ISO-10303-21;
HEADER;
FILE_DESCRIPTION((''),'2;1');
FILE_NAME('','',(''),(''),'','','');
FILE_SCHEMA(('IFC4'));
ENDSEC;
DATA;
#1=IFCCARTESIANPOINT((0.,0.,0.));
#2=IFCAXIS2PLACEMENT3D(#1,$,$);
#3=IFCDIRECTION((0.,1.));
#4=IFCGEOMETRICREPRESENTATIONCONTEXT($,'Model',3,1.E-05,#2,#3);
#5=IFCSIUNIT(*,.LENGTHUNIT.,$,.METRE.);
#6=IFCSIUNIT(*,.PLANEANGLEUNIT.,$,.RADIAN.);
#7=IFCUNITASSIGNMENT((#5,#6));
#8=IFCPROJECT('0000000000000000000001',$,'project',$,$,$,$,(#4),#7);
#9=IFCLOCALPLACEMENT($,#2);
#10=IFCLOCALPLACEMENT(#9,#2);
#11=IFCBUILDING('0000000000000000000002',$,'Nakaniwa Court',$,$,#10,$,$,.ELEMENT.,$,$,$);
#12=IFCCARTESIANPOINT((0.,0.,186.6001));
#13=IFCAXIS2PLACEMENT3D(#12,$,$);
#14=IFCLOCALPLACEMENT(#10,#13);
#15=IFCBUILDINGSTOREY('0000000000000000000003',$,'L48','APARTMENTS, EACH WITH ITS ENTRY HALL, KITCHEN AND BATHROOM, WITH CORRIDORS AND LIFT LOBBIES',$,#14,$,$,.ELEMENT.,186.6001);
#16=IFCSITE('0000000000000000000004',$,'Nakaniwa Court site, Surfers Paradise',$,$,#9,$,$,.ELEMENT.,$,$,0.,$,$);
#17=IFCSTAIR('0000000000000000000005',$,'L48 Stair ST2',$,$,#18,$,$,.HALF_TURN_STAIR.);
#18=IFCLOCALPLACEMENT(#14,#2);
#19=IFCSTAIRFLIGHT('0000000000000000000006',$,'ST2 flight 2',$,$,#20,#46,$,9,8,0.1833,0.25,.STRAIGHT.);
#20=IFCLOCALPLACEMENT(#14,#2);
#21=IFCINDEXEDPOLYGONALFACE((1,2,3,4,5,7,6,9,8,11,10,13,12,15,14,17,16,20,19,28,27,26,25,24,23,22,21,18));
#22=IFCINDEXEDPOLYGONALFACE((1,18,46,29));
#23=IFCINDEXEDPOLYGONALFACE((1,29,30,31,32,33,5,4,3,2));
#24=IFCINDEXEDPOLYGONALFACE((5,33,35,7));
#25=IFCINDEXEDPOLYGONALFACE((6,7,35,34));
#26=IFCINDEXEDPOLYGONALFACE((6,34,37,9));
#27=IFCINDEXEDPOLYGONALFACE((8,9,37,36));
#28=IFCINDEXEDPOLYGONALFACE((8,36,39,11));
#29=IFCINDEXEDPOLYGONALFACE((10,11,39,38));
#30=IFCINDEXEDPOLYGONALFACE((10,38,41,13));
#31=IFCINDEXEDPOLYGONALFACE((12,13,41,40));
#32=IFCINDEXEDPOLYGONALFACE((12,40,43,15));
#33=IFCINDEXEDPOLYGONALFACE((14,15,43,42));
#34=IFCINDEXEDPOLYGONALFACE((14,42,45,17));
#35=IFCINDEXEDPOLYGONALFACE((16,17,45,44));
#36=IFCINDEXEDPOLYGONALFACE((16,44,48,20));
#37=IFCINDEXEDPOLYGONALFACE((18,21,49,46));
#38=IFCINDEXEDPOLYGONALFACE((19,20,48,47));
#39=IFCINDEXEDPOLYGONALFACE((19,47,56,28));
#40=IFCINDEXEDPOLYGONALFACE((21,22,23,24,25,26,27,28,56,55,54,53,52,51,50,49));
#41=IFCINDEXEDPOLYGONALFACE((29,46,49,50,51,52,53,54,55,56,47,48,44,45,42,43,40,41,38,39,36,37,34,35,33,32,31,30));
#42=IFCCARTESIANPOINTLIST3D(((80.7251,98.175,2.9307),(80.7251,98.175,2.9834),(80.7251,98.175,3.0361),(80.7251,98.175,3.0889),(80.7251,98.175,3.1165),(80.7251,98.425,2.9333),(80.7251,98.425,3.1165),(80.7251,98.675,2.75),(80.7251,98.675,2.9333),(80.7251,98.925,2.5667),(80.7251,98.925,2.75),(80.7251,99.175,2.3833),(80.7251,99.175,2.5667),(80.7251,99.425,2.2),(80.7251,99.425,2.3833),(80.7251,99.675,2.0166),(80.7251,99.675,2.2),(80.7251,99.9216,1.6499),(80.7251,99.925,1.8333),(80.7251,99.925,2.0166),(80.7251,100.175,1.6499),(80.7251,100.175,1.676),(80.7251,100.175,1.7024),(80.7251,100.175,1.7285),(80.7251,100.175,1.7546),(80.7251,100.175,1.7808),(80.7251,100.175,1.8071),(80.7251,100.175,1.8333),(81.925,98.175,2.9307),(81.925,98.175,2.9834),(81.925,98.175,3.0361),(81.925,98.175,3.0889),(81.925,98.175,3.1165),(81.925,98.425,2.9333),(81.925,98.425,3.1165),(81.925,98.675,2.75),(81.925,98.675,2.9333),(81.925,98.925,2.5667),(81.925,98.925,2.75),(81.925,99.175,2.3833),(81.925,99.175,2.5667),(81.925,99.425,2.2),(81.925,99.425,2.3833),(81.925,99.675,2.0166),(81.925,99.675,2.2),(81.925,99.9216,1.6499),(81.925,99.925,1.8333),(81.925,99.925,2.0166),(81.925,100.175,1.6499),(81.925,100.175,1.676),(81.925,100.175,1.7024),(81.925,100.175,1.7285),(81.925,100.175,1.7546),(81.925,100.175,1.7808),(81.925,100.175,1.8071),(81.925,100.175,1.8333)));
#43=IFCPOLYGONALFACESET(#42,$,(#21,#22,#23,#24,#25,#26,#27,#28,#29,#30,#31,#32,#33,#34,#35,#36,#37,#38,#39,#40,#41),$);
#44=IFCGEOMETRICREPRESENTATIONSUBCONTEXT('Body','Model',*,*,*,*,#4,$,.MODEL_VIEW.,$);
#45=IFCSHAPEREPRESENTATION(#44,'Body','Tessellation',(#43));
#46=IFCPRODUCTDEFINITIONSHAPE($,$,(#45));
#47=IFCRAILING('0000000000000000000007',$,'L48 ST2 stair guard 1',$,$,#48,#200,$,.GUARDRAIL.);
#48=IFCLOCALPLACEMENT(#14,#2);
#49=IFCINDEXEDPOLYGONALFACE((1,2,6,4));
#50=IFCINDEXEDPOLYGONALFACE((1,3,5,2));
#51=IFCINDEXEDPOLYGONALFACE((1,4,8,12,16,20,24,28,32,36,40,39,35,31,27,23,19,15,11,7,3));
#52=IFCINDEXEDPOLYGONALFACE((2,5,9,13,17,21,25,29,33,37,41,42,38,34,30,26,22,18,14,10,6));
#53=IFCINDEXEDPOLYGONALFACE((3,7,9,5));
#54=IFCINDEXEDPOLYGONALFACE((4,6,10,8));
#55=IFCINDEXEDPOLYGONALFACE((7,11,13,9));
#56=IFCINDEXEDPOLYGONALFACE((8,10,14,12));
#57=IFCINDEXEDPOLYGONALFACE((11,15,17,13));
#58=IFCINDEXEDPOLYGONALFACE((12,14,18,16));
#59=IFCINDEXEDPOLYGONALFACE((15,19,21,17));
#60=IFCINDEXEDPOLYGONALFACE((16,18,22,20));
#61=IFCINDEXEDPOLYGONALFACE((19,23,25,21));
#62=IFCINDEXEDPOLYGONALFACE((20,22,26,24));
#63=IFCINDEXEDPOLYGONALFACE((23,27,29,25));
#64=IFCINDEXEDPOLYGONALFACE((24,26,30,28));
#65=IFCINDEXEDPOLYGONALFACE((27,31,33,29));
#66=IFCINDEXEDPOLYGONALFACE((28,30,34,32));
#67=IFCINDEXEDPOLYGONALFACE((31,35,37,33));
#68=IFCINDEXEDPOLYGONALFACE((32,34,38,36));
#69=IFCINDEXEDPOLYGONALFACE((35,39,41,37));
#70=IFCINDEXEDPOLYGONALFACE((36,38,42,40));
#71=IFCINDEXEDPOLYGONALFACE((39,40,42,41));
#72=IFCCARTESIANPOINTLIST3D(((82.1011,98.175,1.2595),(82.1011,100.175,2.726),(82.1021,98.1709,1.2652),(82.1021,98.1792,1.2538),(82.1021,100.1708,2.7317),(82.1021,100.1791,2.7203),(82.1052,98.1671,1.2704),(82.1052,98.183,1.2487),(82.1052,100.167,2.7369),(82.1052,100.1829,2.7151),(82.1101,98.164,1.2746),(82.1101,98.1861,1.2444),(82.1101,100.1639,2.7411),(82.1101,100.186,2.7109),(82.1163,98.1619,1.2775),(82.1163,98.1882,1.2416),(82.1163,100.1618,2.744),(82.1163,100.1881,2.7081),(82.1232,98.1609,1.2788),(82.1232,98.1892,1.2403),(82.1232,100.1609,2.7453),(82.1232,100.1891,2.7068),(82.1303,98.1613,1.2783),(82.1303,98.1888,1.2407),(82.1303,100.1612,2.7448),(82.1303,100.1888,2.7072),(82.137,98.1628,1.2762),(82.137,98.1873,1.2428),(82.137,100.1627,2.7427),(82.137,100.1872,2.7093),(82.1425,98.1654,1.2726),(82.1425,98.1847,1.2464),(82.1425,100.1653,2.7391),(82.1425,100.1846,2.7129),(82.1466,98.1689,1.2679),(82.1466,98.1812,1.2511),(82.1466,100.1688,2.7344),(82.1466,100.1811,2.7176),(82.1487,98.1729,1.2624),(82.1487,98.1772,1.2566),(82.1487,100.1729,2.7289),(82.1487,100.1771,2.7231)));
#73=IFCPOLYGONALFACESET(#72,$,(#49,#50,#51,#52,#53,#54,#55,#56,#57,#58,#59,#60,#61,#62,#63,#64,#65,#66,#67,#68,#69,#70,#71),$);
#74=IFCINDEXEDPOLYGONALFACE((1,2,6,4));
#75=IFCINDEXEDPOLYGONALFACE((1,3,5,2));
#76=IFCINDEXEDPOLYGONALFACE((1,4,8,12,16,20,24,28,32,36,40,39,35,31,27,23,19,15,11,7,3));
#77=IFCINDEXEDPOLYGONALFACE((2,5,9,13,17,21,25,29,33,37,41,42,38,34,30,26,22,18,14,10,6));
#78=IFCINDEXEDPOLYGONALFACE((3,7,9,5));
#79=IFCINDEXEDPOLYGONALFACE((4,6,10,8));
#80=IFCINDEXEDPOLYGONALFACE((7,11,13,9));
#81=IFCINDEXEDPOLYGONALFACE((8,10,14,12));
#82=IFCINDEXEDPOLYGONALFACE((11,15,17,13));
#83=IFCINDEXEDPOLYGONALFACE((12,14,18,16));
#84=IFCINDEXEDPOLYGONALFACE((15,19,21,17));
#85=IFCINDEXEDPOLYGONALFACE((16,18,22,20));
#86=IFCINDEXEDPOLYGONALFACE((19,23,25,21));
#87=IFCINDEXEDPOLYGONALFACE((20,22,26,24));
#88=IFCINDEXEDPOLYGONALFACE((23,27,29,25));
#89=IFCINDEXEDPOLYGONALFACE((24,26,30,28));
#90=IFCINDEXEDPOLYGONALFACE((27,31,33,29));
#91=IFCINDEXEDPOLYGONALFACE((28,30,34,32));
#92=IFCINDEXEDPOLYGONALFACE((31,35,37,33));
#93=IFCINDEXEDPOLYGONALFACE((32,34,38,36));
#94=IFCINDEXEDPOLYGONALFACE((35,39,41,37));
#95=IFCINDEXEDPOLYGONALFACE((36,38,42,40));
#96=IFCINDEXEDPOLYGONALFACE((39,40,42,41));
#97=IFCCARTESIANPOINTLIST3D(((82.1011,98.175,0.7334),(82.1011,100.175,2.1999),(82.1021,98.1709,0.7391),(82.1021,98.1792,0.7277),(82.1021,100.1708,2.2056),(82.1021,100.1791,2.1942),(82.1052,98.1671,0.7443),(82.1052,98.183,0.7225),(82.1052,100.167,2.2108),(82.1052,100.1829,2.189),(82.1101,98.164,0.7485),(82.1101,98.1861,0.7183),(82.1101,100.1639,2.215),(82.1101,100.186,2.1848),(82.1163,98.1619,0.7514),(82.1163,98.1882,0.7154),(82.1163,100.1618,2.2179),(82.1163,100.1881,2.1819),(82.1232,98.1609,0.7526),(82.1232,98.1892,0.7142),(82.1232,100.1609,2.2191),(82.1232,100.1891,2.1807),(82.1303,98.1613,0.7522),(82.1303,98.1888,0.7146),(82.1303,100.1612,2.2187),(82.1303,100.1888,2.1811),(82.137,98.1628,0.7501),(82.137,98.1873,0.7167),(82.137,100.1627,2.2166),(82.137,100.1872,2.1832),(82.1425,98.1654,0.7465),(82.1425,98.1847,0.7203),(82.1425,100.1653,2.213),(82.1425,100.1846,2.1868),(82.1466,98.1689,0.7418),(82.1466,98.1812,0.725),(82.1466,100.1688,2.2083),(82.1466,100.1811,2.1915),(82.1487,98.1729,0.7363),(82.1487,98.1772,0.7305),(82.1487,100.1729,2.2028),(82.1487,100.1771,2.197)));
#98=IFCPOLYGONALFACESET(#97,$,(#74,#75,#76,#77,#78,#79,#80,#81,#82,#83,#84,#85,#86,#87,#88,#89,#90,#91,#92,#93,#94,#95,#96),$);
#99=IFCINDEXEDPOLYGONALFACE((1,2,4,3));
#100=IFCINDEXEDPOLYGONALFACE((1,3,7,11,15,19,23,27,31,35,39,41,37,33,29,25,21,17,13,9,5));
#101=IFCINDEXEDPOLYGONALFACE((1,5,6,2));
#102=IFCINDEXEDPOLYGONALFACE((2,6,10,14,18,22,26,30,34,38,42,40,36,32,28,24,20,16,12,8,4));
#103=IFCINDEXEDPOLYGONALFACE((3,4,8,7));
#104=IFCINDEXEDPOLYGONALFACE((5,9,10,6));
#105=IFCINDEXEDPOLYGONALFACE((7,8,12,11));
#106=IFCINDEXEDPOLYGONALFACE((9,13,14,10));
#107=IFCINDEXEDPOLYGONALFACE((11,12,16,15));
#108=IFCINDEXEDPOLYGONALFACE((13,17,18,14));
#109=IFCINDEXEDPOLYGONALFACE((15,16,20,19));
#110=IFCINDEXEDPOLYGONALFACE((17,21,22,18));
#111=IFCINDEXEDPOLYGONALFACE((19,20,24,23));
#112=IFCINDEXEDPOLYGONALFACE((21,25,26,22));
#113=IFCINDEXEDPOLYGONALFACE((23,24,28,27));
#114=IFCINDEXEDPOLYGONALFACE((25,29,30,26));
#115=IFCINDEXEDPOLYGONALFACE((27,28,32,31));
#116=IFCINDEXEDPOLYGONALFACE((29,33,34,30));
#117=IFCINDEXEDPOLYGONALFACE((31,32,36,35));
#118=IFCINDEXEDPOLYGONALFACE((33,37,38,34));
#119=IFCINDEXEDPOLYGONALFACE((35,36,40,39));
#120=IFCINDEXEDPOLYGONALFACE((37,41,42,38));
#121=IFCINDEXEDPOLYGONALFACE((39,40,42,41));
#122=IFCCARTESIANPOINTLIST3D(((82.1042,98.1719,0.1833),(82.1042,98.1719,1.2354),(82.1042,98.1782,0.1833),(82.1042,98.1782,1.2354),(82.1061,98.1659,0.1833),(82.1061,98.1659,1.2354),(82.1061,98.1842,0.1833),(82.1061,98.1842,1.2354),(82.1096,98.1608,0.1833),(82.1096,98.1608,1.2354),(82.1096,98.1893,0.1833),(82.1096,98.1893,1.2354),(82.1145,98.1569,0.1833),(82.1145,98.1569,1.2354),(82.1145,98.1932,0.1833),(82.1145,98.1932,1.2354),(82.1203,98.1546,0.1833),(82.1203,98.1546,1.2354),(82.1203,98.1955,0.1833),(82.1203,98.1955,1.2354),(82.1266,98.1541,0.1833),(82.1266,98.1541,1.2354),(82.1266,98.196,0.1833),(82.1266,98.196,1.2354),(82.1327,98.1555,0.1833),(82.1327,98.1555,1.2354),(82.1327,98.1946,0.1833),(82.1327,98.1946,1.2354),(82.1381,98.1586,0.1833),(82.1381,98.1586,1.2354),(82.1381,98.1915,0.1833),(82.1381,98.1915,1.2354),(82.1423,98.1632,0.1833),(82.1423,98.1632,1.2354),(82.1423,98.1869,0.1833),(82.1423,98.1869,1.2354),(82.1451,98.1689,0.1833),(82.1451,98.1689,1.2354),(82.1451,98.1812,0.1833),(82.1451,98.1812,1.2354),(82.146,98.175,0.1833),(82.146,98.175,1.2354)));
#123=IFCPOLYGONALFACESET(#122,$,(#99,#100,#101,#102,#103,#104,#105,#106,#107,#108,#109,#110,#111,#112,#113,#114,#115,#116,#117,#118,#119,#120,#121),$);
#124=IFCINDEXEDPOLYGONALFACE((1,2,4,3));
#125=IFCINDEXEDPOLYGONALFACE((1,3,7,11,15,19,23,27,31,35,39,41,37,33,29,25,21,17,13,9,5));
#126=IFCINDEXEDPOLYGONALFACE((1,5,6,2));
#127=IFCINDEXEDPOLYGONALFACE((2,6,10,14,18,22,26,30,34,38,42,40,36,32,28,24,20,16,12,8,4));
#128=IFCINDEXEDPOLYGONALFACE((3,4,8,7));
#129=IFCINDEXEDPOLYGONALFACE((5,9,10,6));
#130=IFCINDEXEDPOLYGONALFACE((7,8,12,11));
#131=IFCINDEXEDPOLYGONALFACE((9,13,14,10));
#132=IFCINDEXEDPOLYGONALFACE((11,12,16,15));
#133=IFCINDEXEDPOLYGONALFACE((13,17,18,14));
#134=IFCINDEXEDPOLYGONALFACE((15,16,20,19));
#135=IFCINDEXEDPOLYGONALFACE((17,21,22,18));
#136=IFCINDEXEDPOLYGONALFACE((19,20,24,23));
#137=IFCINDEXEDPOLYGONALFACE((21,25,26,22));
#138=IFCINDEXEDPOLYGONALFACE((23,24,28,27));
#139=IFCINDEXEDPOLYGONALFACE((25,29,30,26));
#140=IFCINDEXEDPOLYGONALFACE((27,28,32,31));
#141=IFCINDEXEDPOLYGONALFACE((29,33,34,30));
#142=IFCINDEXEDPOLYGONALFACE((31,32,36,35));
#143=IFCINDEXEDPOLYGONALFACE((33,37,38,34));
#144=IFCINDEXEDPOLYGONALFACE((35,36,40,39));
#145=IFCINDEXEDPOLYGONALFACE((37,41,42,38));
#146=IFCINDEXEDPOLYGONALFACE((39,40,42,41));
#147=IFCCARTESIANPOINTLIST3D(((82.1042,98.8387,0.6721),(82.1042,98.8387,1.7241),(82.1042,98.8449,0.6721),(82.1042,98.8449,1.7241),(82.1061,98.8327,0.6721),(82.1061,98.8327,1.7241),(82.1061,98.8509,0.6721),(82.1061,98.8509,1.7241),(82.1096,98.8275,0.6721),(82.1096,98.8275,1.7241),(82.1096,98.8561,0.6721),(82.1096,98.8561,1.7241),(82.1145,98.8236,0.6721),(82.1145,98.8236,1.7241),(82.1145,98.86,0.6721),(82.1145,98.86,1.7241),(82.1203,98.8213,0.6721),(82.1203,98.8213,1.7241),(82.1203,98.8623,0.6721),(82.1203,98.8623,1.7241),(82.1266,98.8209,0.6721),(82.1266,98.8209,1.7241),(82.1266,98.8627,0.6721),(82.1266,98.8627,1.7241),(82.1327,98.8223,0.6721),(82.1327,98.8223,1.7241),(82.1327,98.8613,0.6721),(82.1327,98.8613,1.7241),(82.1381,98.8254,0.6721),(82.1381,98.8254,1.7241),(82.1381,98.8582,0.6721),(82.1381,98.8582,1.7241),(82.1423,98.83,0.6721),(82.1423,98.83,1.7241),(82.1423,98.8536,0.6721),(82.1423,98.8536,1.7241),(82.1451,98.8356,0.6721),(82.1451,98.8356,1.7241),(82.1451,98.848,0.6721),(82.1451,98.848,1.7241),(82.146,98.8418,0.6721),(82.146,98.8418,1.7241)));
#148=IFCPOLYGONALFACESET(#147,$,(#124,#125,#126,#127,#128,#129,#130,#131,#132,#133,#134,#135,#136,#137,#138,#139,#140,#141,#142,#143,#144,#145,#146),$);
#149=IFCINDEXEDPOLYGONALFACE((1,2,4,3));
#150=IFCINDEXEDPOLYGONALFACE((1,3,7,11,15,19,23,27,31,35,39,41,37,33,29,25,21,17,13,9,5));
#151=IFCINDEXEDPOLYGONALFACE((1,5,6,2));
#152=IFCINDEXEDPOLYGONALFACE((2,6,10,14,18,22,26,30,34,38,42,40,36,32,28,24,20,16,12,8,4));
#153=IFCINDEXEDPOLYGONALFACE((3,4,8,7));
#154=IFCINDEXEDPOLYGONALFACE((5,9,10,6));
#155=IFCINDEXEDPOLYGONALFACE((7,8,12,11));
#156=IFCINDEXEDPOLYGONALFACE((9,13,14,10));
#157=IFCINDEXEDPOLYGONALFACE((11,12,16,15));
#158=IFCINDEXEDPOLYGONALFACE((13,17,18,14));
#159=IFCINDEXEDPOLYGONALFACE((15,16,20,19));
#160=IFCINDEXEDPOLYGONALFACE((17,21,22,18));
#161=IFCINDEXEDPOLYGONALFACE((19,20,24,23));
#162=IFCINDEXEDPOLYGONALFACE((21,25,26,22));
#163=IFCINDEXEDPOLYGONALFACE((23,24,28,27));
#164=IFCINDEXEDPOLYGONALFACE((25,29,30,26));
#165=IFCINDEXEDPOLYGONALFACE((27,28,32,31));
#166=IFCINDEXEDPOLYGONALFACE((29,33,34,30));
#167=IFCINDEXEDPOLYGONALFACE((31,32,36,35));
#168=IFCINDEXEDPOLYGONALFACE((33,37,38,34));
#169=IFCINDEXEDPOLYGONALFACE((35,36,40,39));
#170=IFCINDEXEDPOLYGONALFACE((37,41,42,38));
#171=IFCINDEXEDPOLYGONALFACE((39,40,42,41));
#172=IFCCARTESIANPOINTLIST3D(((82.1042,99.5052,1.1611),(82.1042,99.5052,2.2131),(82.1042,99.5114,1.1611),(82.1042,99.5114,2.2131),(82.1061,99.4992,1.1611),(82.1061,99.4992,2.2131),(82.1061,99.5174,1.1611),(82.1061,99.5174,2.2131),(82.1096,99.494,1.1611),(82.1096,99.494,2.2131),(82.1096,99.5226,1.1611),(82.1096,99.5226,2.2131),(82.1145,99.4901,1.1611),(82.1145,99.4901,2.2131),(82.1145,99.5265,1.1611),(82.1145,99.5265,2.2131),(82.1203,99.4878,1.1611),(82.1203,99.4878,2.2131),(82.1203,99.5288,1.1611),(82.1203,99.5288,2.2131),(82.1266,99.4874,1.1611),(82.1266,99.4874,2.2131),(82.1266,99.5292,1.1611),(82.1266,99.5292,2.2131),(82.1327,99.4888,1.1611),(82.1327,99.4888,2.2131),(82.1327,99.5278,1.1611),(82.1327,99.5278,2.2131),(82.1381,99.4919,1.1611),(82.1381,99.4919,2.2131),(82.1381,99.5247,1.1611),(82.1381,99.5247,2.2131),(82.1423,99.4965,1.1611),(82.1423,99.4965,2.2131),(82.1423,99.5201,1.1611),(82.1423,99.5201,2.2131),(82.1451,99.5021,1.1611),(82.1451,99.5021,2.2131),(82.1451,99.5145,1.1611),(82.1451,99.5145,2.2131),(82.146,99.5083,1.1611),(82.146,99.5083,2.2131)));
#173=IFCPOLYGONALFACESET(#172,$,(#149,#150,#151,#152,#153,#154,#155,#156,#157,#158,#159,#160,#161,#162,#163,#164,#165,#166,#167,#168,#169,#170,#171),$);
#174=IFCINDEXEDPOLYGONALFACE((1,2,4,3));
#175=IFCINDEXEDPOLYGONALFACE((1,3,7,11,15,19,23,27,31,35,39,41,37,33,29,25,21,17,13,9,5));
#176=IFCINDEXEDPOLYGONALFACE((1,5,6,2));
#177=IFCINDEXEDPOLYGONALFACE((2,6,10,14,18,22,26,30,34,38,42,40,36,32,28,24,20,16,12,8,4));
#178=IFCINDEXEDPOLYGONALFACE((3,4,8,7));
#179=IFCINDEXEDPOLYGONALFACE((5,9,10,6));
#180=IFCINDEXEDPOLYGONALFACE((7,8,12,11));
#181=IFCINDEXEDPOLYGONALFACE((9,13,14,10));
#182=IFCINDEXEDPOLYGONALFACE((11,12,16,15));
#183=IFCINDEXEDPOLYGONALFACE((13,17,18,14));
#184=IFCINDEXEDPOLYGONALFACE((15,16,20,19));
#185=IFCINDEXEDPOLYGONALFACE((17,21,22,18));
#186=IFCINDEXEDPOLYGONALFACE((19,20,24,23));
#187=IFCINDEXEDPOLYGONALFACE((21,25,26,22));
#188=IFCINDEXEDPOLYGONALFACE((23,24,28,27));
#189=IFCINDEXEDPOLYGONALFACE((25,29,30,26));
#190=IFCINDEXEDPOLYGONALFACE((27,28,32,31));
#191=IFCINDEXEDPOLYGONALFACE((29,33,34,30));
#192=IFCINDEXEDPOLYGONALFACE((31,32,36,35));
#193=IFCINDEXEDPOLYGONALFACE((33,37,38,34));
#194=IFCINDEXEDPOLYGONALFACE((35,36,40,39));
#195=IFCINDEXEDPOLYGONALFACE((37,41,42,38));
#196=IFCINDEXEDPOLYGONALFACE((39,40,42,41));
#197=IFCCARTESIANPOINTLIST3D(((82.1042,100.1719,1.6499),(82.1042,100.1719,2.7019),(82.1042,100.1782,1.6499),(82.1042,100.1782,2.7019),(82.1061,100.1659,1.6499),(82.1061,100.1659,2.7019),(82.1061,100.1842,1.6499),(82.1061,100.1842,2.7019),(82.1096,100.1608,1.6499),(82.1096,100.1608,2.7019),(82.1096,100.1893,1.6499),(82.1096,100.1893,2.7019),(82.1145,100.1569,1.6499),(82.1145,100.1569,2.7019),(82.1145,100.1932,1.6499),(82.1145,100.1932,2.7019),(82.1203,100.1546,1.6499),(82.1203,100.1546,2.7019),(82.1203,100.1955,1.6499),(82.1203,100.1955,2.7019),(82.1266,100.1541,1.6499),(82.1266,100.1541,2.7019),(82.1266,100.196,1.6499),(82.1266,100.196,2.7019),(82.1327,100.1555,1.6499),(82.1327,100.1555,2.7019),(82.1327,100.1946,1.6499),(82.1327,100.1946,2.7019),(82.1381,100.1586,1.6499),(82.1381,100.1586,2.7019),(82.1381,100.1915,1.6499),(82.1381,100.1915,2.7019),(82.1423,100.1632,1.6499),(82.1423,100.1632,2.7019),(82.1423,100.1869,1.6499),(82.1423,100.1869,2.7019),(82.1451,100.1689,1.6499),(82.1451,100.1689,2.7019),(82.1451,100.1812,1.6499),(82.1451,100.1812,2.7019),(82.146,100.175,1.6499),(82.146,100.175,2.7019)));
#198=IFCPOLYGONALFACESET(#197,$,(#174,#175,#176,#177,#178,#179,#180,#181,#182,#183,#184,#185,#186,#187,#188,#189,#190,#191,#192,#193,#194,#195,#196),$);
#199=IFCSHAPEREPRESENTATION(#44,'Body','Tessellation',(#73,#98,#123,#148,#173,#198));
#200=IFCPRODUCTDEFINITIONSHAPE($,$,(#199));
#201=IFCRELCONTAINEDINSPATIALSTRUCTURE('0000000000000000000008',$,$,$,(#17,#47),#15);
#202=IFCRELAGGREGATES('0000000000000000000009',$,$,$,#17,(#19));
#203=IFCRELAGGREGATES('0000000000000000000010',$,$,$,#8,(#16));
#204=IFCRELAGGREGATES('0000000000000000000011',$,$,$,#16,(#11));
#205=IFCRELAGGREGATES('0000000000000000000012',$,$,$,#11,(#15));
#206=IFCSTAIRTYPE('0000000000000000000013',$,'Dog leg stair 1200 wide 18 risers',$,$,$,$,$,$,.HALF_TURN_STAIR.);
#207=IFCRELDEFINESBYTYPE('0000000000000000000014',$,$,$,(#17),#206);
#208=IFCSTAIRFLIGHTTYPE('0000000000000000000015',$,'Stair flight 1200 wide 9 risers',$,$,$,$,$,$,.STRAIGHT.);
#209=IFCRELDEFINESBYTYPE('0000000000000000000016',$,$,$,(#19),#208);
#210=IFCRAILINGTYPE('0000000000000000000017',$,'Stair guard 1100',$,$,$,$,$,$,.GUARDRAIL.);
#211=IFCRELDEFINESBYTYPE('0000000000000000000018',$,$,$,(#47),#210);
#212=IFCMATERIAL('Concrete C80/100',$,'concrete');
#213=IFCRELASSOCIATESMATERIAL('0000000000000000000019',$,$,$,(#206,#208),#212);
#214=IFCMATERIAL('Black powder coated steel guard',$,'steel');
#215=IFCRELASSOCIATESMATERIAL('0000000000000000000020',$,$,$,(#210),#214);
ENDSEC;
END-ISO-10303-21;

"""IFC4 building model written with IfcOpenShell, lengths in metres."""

from ifc_helpers import new_model, si_unit, direction, frame, origin, origin_2d, place, context, subcontext, project, spatial, polyline, circle, outline, extrude, material, type_object, element, aggregate, save


model = new_model("IFC4")

# Units and contexts
model_context = context("Model", 3, precision=1e-05, world=origin(), true_north=direction((0.0, 1.0)))
body_context = subcontext(model_context, "Body", "Model", "MODEL_VIEW")
ifc_project = project(units=[si_unit("LENGTHUNIT", "METRE"), si_unit("PLANEANGLEUNIT", "RADIAN")], contexts=[model_context])

# Site, building, storey
site_placement = place(None, origin())
site = spatial("IfcSite", under=ifc_project, at=site_placement, Name="Nakaniwa Court site, Surfers Paradise", CompositionType="ELEMENT", RefElevation=0.0)
building_placement = place(site_placement, origin())
building = spatial("IfcBuilding", under=site, at=building_placement, Name="Nakaniwa Court", CompositionType="ELEMENT")
storey_placement = place(building_placement, frame((0.0, 0.0, 186.6001)))
storey = spatial("IfcBuildingStorey", under=building, at=storey_placement, Name="L48", Description="APARTMENTS, EACH WITH ITS ENTRY HALL, KITCHEN AND BATHROOM, WITH CORRIDORS AND LIFT LOBBIES", CompositionType="ELEMENT", Elevation=186.6001)

# Shared definitions
ifc_material_1 = material(Name="Concrete C80/100", Category="concrete")

# Stair, stair flight
stair_type = type_object("IfcStairType", Name="Dog leg stair 1200 wide 18 risers", PredefinedType="HALF_TURN_STAIR", material=ifc_material_1)
stair_placement = place(storey_placement, origin())
stair = element("IfcStair", 1, at=stair_placement, inside=storey, type_object=stair_type, Name="L48 Stair ST2", PredefinedType="HALF_TURN_STAIR")
stair_flight_type = type_object("IfcStairFlightType", Name="Stair flight 1200 wide 9 risers", PredefinedType="STRAIGHT", material=ifc_material_1)
stair_flight_1_placement = place(storey_placement, frame((81.325, 100.175, 1.6499), z_axis=(0.0, 0.0, 1.0), x_axis=(0.0, -1.0, 0.0)))
stair_flight_1 = element("IfcStairFlight", 2, at=stair_flight_1_placement, type_object=stair_flight_type, Name="ST2 flight 2", NumberOfRisers=9, NumberOfTreads=8, PredefinedType="STRAIGHT", RiserHeight=0.1833, TreadLength=0.25, context=body_context, shape_type="SweptSolid", body=[
    extrude(outline(polyline([(0.0, 0.0), (0.0, 0.0261), (0.0, 0.0525), (0.0, 0.0786), (0.0, 0.1047), (0.0, 0.1309), (0.0, 0.1572), (0.0, 0.1833), (0.25, 0.1833), (0.25, 0.3667), (0.5, 0.3667), (0.5, 0.55), (0.75, 0.55), (0.75, 0.7334), (1.0, 0.7334), (1.0, 0.9167), (1.25, 0.9167), (1.25, 1.1001), (1.5, 1.1001), (1.5, 1.2834), (1.75, 1.2834), (1.75, 1.4666), (2.0, 1.4666), (2.0, 1.6499), (2.0, 1.5972), (2.0, 1.5444), (2.0, 1.4917), (2.0, 1.439), (2.0, 1.3862), (2.0, 1.3335), (2.0, 1.2808), (0.2534, 0.0), (0.0, 0.0)])), frame((0.0, 0.6001, 0.0), z_axis=(0.0, -1.0, 0.0), x_axis=(1.0, 0.0, 0.0)), (0.0, 0.0, 1.0), 1.2),
])
aggregate(stair, [stair_flight_1])

# Railing
ifc_material_2 = material(Name="Black powder coated steel guard", Category="steel")
railing_type_1 = type_object("IfcRailingType", Name="Stair guard 1100", PredefinedType="GUARDRAIL", material=ifc_material_2)
railing_1_placement = place(storey_placement, frame((82.125, 98.175, 0.1833)))
element("IfcRailing", 3, at=railing_1_placement, inside=storey, type_object=railing_type_1, Name="L48 ST2 stair guard 1", PredefinedType="GUARDRAIL", context=body_context, shape_type="SweptSolid", body=[
    extrude(circle(Radius=0.0239, at=origin_2d()), frame((0.0, 0.0, 1.0762), z_axis=(0.0, 0.806427, 0.591334), x_axis=(-1.0, 0.0, 0.0)), (0.0, 0.0, 1.0), 2.48),
    extrude(circle(Radius=0.0239, at=origin_2d()), frame((0.0, 0.0, 0.55), z_axis=(0.0, 0.806427, 0.591334), x_axis=(-1.0, 0.0, 0.0)), (0.0, 0.0, 1.0), 2.48),
    extrude(circle(Radius=0.021, at=origin_2d()), origin(), (0.0, 0.0, 1.0), 1.052),
    extrude(circle(Radius=0.021, at=origin_2d()), frame((0.0, 0.6667, 0.4888)), (0.0, 0.0, 1.0), 1.052),
    extrude(circle(Radius=0.021, at=origin_2d()), frame((0.0, 1.3333, 0.9778)), (0.0, 0.0, 1.0), 1.052),
    extrude(circle(Radius=0.021, at=origin_2d()), frame((0.0, 2.0, 1.4666)), (0.0, 0.0, 1.0), 1.052),
])

save(model, "model.ifc")
